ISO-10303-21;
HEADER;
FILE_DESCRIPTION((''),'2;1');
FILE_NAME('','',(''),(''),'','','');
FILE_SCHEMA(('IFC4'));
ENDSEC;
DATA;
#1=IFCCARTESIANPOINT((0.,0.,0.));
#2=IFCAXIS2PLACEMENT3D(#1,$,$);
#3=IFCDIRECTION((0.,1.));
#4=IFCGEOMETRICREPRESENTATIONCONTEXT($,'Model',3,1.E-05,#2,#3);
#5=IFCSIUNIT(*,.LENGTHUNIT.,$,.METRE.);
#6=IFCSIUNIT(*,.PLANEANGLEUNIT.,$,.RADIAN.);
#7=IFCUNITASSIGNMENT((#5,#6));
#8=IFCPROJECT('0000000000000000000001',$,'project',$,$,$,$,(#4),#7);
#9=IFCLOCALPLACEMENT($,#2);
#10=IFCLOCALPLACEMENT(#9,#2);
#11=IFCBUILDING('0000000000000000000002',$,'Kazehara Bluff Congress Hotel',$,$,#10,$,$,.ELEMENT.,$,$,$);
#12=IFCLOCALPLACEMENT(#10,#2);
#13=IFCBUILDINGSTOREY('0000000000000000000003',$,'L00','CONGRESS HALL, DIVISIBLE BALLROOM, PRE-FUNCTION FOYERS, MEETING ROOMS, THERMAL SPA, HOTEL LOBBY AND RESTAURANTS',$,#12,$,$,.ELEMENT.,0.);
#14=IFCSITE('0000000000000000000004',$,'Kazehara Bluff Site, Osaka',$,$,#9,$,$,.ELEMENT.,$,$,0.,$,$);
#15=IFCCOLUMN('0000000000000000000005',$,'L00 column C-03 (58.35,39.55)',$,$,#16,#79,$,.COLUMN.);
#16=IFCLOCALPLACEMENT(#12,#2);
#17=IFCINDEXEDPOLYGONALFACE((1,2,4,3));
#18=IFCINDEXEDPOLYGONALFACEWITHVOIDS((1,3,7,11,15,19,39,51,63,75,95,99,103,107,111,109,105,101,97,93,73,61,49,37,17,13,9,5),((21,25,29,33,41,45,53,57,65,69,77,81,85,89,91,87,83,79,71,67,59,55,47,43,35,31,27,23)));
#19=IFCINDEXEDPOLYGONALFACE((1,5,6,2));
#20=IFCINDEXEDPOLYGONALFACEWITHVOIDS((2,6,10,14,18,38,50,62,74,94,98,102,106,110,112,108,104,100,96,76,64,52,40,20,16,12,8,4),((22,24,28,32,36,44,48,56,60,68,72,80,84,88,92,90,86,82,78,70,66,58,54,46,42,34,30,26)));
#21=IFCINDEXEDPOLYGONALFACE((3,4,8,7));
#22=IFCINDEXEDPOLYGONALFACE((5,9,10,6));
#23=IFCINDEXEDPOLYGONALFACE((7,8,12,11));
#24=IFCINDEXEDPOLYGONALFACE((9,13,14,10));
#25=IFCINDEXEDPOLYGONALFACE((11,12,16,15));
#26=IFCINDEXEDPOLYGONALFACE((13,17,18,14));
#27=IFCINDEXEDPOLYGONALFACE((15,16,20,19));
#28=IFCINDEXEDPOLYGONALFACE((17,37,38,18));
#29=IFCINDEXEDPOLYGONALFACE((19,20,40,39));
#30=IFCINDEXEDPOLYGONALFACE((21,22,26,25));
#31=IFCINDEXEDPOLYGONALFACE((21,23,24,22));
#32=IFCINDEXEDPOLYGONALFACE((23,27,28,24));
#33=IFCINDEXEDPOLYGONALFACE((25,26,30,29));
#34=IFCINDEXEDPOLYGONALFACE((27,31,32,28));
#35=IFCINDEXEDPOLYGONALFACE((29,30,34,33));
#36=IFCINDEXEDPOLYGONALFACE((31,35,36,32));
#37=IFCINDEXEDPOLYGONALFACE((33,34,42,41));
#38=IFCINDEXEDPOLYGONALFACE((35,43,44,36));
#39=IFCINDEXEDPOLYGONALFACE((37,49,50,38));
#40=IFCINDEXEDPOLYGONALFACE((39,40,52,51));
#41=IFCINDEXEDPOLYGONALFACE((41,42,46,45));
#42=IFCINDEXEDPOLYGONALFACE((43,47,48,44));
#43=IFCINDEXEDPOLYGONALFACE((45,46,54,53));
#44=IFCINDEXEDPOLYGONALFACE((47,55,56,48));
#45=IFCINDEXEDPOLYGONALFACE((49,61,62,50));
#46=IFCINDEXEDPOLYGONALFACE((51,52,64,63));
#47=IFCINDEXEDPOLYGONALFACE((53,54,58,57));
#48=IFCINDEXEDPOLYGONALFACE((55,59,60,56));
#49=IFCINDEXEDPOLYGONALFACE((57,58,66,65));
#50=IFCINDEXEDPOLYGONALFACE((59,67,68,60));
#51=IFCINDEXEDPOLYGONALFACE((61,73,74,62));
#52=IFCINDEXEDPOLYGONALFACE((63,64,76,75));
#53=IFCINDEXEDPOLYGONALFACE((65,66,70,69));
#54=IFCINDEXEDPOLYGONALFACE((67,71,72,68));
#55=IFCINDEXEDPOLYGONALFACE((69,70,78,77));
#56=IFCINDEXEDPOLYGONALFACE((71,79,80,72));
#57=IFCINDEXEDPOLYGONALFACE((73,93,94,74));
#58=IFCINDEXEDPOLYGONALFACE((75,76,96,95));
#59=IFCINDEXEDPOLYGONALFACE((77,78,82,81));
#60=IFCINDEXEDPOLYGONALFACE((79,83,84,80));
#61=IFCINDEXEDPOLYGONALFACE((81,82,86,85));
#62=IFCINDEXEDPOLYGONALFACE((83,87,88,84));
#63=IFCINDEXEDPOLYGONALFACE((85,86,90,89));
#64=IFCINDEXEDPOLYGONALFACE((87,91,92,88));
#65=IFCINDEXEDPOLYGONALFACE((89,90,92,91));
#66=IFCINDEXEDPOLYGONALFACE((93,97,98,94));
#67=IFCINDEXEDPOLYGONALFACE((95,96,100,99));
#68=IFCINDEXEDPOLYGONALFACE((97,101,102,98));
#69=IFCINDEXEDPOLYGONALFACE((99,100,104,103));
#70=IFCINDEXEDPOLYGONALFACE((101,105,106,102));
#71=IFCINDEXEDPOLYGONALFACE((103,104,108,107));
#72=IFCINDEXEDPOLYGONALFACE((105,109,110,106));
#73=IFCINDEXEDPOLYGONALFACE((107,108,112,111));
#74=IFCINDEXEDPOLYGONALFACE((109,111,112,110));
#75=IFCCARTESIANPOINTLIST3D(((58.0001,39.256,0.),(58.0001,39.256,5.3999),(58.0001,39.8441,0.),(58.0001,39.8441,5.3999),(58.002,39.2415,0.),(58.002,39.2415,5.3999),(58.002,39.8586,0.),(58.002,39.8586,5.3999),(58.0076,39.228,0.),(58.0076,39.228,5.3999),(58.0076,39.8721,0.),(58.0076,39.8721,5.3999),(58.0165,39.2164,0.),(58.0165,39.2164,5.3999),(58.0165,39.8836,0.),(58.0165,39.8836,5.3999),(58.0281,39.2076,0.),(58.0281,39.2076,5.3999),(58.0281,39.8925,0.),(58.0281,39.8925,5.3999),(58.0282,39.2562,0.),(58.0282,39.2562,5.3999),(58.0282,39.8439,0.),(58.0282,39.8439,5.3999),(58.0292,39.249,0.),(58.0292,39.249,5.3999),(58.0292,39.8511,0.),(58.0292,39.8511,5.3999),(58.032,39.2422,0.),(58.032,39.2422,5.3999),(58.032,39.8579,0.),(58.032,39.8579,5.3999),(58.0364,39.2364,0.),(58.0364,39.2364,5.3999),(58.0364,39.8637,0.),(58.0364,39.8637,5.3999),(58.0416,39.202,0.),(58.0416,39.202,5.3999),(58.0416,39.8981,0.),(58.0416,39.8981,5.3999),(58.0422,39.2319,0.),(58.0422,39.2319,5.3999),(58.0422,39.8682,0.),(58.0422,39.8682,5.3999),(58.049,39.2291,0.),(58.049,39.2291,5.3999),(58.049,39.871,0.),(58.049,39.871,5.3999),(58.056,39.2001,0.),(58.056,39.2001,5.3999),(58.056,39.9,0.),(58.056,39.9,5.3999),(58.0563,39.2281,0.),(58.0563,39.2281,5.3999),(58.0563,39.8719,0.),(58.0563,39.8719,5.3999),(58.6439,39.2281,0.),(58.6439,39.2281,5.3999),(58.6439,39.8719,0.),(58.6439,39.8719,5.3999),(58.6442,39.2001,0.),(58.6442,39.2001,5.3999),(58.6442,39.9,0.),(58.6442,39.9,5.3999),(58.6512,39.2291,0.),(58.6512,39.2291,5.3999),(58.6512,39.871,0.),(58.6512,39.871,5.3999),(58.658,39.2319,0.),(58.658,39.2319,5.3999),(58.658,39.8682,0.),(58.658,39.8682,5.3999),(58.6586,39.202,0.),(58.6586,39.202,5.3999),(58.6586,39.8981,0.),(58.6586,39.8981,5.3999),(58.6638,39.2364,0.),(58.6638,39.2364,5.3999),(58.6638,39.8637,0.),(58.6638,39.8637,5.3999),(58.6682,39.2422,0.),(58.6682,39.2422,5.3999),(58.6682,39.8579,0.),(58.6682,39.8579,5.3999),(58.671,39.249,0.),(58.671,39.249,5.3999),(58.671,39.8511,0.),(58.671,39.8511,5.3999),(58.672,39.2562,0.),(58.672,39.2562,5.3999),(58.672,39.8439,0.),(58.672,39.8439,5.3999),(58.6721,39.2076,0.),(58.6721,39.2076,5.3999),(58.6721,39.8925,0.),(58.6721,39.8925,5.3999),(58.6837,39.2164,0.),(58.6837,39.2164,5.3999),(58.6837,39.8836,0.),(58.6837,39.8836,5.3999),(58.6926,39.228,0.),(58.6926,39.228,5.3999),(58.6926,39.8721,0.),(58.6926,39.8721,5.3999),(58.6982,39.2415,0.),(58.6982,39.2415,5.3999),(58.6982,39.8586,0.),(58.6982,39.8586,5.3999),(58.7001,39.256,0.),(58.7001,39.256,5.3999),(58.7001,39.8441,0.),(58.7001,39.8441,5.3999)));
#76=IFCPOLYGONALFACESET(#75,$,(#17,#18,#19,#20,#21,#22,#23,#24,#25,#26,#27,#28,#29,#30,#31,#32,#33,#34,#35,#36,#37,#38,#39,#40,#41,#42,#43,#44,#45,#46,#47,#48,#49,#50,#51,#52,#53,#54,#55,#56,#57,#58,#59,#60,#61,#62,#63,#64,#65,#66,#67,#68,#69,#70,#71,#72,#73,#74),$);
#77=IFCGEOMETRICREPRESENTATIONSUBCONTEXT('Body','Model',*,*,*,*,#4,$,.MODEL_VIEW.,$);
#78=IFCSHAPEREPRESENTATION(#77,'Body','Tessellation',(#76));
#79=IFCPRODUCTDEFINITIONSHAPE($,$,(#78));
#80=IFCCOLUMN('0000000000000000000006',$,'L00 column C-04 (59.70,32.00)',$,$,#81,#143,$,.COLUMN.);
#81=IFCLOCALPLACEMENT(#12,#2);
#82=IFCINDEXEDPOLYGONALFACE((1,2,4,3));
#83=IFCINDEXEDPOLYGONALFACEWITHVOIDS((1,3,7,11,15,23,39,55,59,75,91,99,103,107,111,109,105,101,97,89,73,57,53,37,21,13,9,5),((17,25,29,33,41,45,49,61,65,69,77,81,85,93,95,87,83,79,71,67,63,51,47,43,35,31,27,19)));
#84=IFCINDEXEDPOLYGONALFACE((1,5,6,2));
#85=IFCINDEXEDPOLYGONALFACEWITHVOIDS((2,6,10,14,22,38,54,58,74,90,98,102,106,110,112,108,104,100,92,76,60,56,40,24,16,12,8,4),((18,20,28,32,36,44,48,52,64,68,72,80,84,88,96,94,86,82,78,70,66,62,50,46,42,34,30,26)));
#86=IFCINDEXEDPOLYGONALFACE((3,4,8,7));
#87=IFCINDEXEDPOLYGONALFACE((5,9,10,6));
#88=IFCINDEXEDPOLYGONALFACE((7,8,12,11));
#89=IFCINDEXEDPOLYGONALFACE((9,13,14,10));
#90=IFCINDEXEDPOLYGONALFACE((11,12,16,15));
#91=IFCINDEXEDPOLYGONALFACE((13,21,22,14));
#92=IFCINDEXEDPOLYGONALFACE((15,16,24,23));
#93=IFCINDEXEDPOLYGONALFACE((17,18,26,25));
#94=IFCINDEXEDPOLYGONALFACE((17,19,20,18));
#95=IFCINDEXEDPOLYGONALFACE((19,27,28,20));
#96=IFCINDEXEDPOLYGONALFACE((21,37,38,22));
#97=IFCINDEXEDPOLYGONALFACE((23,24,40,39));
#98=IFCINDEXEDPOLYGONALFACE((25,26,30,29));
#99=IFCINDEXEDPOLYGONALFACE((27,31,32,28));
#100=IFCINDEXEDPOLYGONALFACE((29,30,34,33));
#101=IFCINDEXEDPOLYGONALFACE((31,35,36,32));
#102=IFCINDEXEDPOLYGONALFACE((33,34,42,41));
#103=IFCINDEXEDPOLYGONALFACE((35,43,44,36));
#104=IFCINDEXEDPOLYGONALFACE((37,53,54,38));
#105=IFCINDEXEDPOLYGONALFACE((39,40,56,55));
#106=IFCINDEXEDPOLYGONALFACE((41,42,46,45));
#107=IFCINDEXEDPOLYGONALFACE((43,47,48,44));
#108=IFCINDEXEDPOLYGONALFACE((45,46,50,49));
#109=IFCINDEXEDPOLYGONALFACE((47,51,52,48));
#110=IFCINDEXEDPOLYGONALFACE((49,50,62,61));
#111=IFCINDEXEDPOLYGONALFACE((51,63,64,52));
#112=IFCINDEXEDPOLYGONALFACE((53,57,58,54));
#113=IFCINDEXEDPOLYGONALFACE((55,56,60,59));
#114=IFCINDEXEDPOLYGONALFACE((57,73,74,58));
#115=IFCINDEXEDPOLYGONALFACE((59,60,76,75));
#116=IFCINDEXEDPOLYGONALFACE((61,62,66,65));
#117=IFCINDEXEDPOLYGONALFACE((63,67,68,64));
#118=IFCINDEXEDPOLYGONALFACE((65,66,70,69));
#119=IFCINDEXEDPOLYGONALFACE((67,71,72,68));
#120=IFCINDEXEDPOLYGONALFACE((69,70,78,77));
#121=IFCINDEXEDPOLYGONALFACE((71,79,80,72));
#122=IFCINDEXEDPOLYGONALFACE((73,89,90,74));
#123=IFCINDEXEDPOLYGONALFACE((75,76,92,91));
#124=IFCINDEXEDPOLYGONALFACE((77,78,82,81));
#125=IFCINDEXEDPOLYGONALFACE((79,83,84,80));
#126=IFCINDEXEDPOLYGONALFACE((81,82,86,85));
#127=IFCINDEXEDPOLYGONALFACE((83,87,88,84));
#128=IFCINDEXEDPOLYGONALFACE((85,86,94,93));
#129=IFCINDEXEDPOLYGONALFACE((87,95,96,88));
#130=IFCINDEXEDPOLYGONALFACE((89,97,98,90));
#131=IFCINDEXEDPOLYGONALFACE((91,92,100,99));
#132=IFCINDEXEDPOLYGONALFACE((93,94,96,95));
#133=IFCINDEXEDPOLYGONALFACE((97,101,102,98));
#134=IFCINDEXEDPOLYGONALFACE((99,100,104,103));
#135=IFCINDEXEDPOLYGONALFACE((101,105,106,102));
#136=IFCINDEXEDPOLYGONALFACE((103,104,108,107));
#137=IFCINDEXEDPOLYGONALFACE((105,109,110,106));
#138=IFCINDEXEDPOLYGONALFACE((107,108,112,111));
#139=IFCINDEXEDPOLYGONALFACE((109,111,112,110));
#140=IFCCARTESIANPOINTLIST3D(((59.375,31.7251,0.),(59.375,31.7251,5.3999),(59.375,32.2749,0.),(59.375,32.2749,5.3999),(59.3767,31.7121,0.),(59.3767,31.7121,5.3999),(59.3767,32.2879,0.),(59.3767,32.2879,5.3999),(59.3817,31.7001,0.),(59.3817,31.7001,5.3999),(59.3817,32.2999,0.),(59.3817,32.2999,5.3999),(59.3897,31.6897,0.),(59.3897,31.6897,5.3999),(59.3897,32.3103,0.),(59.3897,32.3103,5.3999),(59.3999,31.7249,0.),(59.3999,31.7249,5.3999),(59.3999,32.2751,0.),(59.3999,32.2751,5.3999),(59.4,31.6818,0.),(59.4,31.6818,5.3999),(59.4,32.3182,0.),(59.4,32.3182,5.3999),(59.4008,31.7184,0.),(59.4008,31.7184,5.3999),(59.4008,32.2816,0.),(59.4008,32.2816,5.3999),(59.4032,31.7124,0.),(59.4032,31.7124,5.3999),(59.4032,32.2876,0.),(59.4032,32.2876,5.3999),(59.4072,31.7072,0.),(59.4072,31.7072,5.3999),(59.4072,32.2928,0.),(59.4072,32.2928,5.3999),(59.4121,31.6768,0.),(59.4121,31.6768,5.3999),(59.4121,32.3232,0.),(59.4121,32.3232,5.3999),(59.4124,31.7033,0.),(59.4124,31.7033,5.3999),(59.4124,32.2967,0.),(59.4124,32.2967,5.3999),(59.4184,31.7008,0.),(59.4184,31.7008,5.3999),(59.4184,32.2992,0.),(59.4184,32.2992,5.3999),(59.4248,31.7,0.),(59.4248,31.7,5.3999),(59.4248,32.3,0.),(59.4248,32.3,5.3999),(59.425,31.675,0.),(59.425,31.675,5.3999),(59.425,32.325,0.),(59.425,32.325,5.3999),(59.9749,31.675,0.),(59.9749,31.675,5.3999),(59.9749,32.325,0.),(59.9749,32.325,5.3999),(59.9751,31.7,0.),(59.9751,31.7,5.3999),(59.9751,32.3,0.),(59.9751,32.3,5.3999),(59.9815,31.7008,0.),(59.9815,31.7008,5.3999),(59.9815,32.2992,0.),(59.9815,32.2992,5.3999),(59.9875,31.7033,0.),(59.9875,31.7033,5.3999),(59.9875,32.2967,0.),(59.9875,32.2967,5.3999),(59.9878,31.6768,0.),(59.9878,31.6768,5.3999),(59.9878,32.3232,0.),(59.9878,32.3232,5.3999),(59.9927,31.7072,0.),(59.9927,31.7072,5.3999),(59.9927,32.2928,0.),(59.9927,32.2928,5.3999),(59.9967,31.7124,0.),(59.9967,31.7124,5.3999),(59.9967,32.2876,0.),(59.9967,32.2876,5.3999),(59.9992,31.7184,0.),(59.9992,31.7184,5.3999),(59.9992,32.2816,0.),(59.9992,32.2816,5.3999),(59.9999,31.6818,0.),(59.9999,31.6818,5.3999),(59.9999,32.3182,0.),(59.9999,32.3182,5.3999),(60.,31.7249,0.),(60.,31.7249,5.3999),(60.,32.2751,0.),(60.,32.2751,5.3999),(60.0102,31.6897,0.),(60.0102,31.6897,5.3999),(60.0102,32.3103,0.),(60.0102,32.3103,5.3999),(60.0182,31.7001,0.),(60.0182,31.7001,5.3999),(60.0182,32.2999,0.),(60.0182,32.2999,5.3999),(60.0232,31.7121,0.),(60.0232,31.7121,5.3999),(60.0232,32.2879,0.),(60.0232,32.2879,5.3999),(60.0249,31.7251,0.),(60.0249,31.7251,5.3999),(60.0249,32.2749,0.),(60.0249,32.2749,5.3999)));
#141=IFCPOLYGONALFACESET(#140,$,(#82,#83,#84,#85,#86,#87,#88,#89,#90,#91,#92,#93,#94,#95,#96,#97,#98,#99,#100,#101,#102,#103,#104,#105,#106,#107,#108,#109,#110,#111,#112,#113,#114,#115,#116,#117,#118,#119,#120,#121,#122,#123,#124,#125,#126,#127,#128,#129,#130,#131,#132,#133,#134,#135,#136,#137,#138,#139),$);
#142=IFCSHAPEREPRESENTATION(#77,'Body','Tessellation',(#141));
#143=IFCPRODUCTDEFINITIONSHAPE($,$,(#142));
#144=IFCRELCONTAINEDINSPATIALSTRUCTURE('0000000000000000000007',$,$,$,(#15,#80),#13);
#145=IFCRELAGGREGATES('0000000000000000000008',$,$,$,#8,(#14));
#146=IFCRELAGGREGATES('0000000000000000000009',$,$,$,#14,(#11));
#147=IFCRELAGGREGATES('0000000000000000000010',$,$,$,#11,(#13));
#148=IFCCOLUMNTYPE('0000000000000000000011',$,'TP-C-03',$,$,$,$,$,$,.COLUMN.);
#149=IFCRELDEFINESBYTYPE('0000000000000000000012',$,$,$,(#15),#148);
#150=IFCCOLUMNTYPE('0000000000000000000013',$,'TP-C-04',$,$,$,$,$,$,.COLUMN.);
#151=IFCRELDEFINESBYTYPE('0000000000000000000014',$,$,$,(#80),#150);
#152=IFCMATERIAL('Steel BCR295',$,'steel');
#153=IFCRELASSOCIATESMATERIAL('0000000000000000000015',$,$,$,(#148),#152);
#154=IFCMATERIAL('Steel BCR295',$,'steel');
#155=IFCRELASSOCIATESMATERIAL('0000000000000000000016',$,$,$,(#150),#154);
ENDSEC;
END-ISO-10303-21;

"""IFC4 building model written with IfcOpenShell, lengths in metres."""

from ifc_helpers import new_model, si_unit, direction, frame, origin, origin_2d, place, context, subcontext, project, spatial, hollow_rectangle, extrude, material, material_profile, profile_set, type_object, element, save


model = new_model("IFC4")

# Units and contexts
model_context = context("Model", 3, precision=1e-05, world=origin(), true_north=direction((0.0, 1.0)))
body_context = subcontext(model_context, "Body", "Model", "MODEL_VIEW")
ifc_project = project(units=[si_unit("LENGTHUNIT", "METRE"), si_unit("PLANEANGLEUNIT", "RADIAN")], contexts=[model_context])

# Site, building, storey
site_placement = place(None, origin())
site = spatial("IfcSite", under=ifc_project, at=site_placement, Name="Kazehara Bluff Site, Osaka", CompositionType="ELEMENT", RefElevation=0.0)
building_placement = place(site_placement, origin())
building = spatial("IfcBuilding", under=site, at=building_placement, Name="Kazehara Bluff Congress Hotel", CompositionType="ELEMENT")
storey_placement = place(building_placement, origin())
storey = spatial("IfcBuildingStorey", under=building, at=storey_placement, Name="L00", Description="CONGRESS HALL, DIVISIBLE BALLROOM, PRE-FUNCTION FOYERS, MEETING ROOMS, THERMAL SPA, HOTEL LOBBY AND RESTAURANTS", CompositionType="ELEMENT", Elevation=0.0)

# Columns
ifc_material_1 = material(Name="Steel BCR295", Category="steel")
ifc_material_profile_1 = material_profile(ifc_material_1, hollow_rectangle(XDim=0.7, YDim=0.7, WallThickness=0.0281, InnerFilletRadius=0.0281, OuterFilletRadius=0.0559, at=origin_2d()))
ifc_profile_set_1 = profile_set([ifc_material_profile_1], Name="Steel BCR295")
column_type_1 = type_object("IfcColumnType", Name="TP-C-03", PredefinedType="COLUMN", material=ifc_profile_set_1)
for number, where, z_axis, x_axis, name in (
    (1, (58.3501, 39.55, 0.0), (0.0, 0.0, 1.0), (1.0, 0.0, 0.0), "L00 column C-03 (58.35,39.55)"),
):
    element("IfcColumn", number, at=place(storey_placement, frame(where, z_axis=z_axis, x_axis=x_axis)), inside=storey, type_object=column_type_1, Name=name, PredefinedType="COLUMN", context=body_context, shape_type="SweptSolid", body=[
        extrude(hollow_rectangle(XDim=0.7, YDim=0.7, WallThickness=0.0281, InnerFilletRadius=0.0281, OuterFilletRadius=0.0559, at=origin_2d()), origin(), (0.0, 0.0, 1.0), 5.3999),
    ])
ifc_material_2 = material(Name="Steel BCR295", Category="steel")
ifc_material_profile_2 = material_profile(ifc_material_2, hollow_rectangle(XDim=0.6499, YDim=0.6499, WallThickness=0.0249, InnerFilletRadius=0.0249, OuterFilletRadius=0.05, at=origin_2d()))
ifc_profile_set_2 = profile_set([ifc_material_profile_2], Name="Steel BCR295")
column_type_2 = type_object("IfcColumnType", Name="TP-C-04", PredefinedType="COLUMN", material=ifc_profile_set_2)
column_placement = place(storey_placement, frame((59.7, 32.0, 0.0), z_axis=(0.0, 0.0, 1.0), x_axis=(1.0, 0.0, 0.0)))
element("IfcColumn", 2, at=column_placement, inside=storey, type_object=column_type_2, Name="L00 column C-04 (59.70,32.00)", PredefinedType="COLUMN", context=body_context, shape_type="SweptSolid", body=[
    extrude(hollow_rectangle(XDim=0.6499, YDim=0.6499, WallThickness=0.0249, InnerFilletRadius=0.0249, OuterFilletRadius=0.05, at=origin_2d()), origin(), (0.0, 0.0, 1.0), 5.3999),
])

save(model, "model.ifc")
